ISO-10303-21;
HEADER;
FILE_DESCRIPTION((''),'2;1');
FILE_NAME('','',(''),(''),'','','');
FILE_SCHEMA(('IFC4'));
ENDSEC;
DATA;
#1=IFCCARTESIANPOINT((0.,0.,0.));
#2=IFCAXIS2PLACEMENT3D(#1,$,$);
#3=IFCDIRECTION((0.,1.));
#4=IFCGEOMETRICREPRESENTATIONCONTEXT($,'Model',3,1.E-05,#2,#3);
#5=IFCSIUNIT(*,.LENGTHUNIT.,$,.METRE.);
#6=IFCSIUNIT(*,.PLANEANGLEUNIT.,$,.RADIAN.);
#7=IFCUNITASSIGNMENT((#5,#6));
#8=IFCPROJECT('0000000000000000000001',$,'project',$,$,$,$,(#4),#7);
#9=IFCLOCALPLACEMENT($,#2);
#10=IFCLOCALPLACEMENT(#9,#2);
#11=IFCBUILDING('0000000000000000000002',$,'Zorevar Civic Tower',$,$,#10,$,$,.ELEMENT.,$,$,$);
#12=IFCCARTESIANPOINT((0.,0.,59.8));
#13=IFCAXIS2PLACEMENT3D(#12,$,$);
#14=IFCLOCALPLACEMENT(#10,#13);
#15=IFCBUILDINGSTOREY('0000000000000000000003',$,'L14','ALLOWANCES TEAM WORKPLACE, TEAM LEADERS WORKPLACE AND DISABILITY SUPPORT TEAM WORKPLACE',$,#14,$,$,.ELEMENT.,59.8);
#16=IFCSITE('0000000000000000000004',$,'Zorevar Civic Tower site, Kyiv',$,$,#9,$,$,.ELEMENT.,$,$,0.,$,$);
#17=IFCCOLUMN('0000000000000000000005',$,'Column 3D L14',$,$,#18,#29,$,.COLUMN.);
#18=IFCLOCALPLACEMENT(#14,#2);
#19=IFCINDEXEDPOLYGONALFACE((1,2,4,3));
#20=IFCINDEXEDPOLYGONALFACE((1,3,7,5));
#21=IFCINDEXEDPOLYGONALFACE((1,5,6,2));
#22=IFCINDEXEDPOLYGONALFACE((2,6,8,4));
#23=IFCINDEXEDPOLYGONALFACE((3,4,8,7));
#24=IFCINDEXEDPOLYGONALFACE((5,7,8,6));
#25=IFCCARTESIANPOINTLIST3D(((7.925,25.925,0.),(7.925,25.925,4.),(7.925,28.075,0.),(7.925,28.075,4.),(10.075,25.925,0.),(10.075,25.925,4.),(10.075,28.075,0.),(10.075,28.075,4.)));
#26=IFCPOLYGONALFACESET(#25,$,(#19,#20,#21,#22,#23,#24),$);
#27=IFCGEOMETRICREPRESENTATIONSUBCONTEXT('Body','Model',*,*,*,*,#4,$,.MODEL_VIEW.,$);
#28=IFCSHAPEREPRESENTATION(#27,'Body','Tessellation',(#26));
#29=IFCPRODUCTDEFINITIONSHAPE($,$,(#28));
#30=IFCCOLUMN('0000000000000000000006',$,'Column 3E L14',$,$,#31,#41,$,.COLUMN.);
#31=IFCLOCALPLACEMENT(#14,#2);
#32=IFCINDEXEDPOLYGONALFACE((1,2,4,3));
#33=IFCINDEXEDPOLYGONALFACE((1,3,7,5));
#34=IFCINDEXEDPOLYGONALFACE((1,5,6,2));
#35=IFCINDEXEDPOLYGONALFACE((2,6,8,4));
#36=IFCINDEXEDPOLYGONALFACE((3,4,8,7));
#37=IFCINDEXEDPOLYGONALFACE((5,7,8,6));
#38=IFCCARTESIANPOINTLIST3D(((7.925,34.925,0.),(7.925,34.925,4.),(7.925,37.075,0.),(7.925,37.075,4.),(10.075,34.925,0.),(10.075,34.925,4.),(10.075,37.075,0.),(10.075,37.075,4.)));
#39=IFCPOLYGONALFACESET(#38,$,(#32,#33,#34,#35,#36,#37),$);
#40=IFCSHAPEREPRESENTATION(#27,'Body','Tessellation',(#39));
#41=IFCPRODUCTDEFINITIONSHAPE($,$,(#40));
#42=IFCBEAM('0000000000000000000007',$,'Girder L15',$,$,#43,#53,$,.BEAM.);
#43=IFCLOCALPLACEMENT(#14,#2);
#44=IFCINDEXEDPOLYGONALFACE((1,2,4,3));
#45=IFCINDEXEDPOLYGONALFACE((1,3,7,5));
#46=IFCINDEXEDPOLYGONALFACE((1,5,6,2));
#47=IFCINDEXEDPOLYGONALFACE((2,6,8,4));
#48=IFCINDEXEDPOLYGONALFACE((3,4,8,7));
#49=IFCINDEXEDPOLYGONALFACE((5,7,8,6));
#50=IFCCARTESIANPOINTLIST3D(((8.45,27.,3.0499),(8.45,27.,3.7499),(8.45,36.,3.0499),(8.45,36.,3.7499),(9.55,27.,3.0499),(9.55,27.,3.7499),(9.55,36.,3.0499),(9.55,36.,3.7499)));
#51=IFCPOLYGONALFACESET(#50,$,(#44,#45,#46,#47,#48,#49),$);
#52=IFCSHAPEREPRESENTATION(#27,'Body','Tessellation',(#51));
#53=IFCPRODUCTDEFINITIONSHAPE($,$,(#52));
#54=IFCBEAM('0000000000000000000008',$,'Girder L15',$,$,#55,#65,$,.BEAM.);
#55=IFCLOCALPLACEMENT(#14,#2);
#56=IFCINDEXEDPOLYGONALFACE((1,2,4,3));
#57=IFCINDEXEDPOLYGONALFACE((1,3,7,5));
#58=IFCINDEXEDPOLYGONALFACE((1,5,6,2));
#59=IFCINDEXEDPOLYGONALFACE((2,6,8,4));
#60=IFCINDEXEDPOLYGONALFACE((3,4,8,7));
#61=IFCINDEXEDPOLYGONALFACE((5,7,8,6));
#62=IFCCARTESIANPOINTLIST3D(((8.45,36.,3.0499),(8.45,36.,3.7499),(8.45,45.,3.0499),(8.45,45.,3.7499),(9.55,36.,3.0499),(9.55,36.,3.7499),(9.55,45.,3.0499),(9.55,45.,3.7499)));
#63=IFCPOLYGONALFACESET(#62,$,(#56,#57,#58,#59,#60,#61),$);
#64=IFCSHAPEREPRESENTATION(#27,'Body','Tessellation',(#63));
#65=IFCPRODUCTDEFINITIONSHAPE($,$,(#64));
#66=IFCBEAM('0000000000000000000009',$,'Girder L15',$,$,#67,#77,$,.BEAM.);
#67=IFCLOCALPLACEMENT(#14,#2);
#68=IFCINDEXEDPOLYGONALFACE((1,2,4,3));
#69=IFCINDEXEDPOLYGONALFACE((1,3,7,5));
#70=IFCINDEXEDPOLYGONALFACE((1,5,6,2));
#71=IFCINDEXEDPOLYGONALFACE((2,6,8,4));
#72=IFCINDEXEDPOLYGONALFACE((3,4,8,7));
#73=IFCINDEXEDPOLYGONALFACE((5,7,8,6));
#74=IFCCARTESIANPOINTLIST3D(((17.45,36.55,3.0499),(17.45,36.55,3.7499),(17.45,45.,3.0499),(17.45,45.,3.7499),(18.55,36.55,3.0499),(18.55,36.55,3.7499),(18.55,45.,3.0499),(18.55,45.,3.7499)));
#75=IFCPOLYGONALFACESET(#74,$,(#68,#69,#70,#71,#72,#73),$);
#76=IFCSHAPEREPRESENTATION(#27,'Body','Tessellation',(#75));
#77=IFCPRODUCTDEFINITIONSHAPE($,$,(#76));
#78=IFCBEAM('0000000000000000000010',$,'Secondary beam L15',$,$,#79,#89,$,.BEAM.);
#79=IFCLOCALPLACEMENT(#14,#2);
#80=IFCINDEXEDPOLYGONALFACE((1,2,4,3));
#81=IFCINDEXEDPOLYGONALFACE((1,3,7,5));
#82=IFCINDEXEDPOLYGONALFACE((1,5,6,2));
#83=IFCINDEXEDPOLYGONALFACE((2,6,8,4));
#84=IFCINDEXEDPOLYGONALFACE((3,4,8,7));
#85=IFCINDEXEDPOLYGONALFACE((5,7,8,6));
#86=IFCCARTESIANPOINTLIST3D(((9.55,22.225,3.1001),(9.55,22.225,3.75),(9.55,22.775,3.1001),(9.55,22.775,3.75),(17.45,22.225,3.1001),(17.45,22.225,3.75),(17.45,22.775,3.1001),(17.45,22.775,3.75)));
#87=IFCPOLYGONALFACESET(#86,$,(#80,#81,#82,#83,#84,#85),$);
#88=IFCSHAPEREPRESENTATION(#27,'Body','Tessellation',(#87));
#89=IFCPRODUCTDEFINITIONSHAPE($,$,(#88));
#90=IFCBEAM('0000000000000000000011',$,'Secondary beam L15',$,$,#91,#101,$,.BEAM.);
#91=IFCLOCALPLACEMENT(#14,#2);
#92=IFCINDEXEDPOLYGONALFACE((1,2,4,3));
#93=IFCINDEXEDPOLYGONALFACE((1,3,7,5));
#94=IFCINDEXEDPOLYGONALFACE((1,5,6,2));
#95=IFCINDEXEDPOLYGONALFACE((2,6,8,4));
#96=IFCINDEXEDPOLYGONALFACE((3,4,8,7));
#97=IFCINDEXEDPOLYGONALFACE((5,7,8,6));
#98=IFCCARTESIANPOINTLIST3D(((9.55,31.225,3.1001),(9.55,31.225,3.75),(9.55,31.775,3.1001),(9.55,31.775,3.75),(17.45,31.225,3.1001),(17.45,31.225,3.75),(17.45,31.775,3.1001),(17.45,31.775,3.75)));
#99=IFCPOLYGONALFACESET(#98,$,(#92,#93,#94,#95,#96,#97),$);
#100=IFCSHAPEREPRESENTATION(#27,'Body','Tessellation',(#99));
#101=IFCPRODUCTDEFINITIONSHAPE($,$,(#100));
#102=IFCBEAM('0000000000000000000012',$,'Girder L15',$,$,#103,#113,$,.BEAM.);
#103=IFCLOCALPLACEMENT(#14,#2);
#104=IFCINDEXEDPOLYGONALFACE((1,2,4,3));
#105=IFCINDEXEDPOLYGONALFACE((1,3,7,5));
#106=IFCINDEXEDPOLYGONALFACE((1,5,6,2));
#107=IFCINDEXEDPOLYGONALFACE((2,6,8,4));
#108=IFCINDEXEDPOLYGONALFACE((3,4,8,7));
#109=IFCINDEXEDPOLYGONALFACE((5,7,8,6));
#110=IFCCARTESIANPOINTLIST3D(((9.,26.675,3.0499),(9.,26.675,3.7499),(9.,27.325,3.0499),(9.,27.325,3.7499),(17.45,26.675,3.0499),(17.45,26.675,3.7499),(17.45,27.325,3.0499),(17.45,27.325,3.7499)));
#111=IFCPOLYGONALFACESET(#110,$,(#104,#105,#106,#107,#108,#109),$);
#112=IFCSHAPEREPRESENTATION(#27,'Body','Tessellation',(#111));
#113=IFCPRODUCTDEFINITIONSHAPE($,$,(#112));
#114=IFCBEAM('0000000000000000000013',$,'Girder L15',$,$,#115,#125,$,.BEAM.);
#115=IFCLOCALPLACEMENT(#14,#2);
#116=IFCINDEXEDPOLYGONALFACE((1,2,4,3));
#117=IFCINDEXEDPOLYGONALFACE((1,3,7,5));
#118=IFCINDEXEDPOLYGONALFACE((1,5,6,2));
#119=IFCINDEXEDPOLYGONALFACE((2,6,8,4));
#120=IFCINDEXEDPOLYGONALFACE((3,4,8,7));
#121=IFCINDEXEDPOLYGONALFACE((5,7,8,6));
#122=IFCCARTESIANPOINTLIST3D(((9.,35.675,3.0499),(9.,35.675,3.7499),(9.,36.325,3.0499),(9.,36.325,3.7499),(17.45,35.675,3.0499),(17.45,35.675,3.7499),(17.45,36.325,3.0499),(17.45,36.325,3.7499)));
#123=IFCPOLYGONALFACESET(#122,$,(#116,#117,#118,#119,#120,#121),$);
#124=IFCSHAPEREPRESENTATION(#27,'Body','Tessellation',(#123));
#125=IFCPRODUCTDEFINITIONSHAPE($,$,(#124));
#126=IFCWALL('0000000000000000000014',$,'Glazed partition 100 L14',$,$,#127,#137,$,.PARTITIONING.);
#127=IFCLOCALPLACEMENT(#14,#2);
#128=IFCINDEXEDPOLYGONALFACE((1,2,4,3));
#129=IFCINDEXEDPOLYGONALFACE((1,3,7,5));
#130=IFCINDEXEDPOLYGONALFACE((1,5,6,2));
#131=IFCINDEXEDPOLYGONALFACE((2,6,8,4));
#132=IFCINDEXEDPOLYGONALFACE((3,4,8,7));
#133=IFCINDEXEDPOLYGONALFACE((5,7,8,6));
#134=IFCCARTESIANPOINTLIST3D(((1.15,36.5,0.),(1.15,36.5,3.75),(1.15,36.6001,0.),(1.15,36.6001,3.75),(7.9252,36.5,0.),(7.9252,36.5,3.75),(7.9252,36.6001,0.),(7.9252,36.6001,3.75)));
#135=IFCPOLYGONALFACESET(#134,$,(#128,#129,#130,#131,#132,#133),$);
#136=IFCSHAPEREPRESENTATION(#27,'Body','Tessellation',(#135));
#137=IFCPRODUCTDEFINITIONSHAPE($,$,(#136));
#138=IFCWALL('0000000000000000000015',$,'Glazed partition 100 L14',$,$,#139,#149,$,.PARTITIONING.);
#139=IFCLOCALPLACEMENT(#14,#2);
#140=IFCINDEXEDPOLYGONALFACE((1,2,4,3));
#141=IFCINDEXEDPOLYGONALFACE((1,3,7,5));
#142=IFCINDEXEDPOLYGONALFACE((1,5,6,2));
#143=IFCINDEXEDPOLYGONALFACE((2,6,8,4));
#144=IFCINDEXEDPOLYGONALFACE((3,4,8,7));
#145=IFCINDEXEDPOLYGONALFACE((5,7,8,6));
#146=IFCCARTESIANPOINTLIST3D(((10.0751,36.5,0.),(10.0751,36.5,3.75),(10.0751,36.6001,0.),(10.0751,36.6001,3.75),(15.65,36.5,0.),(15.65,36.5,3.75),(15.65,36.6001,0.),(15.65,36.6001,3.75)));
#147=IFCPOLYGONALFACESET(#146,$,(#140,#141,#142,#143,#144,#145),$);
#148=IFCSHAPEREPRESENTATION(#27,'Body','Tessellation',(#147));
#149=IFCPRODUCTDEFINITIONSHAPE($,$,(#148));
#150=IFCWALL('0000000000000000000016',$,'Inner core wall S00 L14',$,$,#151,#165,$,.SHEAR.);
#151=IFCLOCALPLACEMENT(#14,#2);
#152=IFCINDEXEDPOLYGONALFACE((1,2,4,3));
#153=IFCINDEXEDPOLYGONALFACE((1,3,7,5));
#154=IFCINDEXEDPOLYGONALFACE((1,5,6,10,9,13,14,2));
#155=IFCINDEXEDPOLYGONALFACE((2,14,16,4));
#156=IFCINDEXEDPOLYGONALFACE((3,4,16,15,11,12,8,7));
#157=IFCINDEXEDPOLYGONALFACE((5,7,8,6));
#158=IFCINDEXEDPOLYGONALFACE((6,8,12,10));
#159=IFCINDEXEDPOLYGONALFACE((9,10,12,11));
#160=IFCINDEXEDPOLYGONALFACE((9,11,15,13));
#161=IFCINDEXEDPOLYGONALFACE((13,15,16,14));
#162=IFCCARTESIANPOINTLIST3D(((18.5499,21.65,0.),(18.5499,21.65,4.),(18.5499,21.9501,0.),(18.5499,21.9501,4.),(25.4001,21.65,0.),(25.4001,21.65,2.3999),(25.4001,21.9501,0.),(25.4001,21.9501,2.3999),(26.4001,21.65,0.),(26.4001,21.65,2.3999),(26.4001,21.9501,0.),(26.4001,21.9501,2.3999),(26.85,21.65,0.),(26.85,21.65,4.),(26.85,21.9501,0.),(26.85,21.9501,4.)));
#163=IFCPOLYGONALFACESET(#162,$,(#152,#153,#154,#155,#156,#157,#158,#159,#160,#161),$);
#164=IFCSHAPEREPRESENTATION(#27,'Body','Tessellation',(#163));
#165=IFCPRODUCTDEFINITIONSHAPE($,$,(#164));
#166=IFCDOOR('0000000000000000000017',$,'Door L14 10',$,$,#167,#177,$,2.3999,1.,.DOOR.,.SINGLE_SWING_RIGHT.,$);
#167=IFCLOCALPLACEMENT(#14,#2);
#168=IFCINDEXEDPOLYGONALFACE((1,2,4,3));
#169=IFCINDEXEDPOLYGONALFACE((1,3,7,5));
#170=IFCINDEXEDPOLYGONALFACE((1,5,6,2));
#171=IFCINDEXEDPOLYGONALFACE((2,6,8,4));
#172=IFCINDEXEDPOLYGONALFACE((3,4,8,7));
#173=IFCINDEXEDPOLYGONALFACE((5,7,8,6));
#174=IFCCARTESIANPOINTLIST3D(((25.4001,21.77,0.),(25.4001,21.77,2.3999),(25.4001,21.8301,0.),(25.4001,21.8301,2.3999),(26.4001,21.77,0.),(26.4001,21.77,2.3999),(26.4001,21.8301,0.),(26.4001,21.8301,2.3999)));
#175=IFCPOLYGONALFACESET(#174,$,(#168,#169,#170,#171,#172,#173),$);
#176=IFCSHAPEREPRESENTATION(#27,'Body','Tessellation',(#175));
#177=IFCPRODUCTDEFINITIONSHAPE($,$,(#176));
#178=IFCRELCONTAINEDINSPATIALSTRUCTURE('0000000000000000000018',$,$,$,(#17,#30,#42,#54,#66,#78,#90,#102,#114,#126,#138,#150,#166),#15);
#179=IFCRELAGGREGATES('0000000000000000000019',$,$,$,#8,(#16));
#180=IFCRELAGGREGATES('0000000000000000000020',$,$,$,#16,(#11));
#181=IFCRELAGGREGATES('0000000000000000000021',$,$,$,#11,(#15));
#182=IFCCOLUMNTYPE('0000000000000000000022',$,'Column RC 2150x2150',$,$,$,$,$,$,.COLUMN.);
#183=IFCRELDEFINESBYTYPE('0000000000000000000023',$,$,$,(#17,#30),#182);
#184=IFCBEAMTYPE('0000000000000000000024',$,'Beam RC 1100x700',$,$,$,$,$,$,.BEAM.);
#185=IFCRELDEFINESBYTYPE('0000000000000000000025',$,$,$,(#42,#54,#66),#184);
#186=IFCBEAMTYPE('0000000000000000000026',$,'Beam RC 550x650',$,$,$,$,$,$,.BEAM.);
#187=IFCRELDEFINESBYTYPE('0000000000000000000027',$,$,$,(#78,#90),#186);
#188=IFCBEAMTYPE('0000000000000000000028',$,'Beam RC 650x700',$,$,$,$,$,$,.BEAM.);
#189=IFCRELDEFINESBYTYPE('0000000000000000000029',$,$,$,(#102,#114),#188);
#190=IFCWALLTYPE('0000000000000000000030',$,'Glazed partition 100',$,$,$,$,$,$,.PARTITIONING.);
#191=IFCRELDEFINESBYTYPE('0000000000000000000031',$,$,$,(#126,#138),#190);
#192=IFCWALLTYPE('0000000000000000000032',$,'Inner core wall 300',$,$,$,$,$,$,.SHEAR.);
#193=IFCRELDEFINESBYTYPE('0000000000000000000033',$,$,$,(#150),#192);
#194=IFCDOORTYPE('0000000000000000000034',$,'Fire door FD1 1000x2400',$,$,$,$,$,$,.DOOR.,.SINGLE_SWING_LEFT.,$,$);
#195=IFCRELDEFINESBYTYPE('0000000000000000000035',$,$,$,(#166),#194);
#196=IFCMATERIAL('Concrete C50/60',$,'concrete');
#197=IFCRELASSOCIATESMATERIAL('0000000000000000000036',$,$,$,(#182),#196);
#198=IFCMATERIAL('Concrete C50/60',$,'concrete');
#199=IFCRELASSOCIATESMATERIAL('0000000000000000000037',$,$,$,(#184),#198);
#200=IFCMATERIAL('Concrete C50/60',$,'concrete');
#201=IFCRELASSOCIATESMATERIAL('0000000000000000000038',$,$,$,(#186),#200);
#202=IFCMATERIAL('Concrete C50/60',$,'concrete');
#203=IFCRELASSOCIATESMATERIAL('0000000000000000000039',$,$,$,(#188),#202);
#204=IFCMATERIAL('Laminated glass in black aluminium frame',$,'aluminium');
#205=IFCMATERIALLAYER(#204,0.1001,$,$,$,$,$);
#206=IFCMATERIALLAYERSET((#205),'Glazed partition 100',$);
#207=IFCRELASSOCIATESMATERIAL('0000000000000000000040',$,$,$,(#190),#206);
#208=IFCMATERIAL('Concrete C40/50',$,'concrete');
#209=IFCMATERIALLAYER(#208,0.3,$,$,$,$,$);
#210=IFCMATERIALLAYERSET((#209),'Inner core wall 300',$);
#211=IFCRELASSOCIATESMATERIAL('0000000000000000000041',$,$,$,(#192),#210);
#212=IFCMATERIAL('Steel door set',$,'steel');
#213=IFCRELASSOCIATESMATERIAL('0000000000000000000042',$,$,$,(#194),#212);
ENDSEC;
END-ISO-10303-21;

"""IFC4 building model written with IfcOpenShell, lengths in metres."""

from ifc_helpers import new_model, si_unit, direction, frame, frame_2d, origin, origin_2d, place, context, subcontext, project, spatial, rectangle, extrude, material, layer, layer_set, material_profile, profile_set, type_object, element, fill, save


model = new_model("IFC4")

# Units and contexts
model_context = context("Model", 3, precision=1e-05, world=origin(), true_north=direction((0.0, 1.0)))
body_context = subcontext(model_context, "Body", "Model", "MODEL_VIEW")
ifc_project = project(units=[si_unit("LENGTHUNIT", "METRE"), si_unit("PLANEANGLEUNIT", "RADIAN")], contexts=[model_context])

# Site, building, storey
site_placement = place(None, origin())
site = spatial("IfcSite", under=ifc_project, at=site_placement, Name="Zorevar Civic Tower site, Kyiv", CompositionType="ELEMENT", RefElevation=0.0)
building_placement = place(site_placement, origin())
building = spatial("IfcBuilding", under=site, at=building_placement, Name="Zorevar Civic Tower", CompositionType="ELEMENT")
storey_placement = place(building_placement, frame((0.0, 0.0, 59.8)))
storey = spatial("IfcBuildingStorey", under=building, at=storey_placement, Name="L14", Description="ALLOWANCES TEAM WORKPLACE, TEAM LEADERS WORKPLACE AND DISABILITY SUPPORT TEAM WORKPLACE", CompositionType="ELEMENT", Elevation=59.8)

# Columns
ifc_material_1 = material(Name="Concrete C50/60", Category="concrete")
ifc_material_profile_1 = material_profile(ifc_material_1, rectangle(XDim=2.1499, YDim=2.1499, at=origin_2d()), Name="RC 2150x2150")
ifc_profile_set_1 = profile_set([ifc_material_profile_1], Name="Concrete C50/60")
column_type = type_object("IfcColumnType", Name="Column RC 2150x2150", PredefinedType="COLUMN", material=ifc_profile_set_1)
for number, where, z_axis, x_axis, name in (
    (1, (9.0, 27.0, 0.0), (0.0, 0.0, 1.0), (1.0, 0.0, 0.0), "Column 3D L14"),
    (2, (9.0, 36.0, 0.0), (0.0, 0.0, 1.0), (1.0, 0.0, 0.0), "Column 3E L14"),
):
    element("IfcColumn", number, at=place(storey_placement, frame(where, z_axis=z_axis, x_axis=x_axis)), inside=storey, type_object=column_type, Name=name, PredefinedType="COLUMN", context=body_context, shape_type="SweptSolid", body=[
        extrude(rectangle(XDim=2.1499, YDim=2.1499, at=origin_2d()), origin(), (0.0, 0.0, 1.0), 4.0),
    ])

# Beams
ifc_material_2 = material(Name="Concrete C50/60", Category="concrete")
ifc_material_profile_2 = material_profile(ifc_material_2, rectangle(XDim=1.1001, YDim=0.7, at=origin_2d()), Name="RC 1100x700")
ifc_profile_set_2 = profile_set([ifc_material_profile_2], Name="Concrete C50/60")
beam_type_1 = type_object("IfcBeamType", Name="Beam RC 1100x700", PredefinedType="BEAM", material=ifc_profile_set_2)
for number, where, z_axis, x_axis, name in (
    (3, (9.0, 27.0, 3.3999), (0.0, 1.0, 0.0), (-1.0, 0.0, 0.0), "Girder L15"),
    (4, (9.0, 36.0, 3.3999), (0.0, 1.0, 0.0), (-1.0, 0.0, 0.0), "Girder L15"),
):
    element("IfcBeam", number, at=place(storey_placement, frame(where, z_axis=z_axis, x_axis=x_axis)), inside=storey, type_object=beam_type_1, Name=name, PredefinedType="BEAM", context=body_context, shape_type="SweptSolid", body=[
        extrude(rectangle(XDim=1.1001, YDim=0.7, at=origin_2d()), origin(), (0.0, 0.0, 1.0), 9.0),
    ])
beam_placement = place(storey_placement, frame((18.0, 36.55, 3.3999), z_axis=(0.0, 1.0, 0.0), x_axis=(-1.0, 0.0, 0.0)))
element("IfcBeam", 5, at=beam_placement, inside=storey, type_object=beam_type_1, Name="Girder L15", PredefinedType="BEAM", context=body_context, shape_type="SweptSolid", body=[
    extrude(rectangle(XDim=1.1001, YDim=0.7, at=origin_2d()), origin(), (0.0, 0.0, 1.0), 8.45),
])
ifc_material_3 = material(Name="Concrete C50/60", Category="concrete")
ifc_material_profile_3 = material_profile(ifc_material_3, rectangle(XDim=0.55, YDim=0.6499, at=origin_2d()), Name="RC 550x650")
ifc_profile_set_3 = profile_set([ifc_material_profile_3], Name="Concrete C50/60")
beam_type_2 = type_object("IfcBeamType", Name="Beam RC 550x650", PredefinedType="BEAM", material=ifc_profile_set_3)
for number, where, z_axis, x_axis, name in (
    (6, (9.55, 22.5, 3.425), (1.0, 0.0, 0.0), (0.0, 1.0, 0.0), "Secondary beam L15"),
    (7, (9.55, 31.5, 3.425), (1.0, 0.0, 0.0), (0.0, 1.0, 0.0), "Secondary beam L15"),
):
    element("IfcBeam", number, at=place(storey_placement, frame(where, z_axis=z_axis, x_axis=x_axis)), inside=storey, type_object=beam_type_2, Name=name, PredefinedType="BEAM", context=body_context, shape_type="SweptSolid", body=[
        extrude(rectangle(XDim=0.55, YDim=0.6499, at=origin_2d()), origin(), (0.0, 0.0, 1.0), 7.8999),
    ])
ifc_material_4 = material(Name="Concrete C50/60", Category="concrete")
ifc_material_profile_4 = material_profile(ifc_material_4, rectangle(XDim=0.6499, YDim=0.7, at=origin_2d()), Name="RC 650x700")
ifc_profile_set_4 = profile_set([ifc_material_profile_4], Name="Concrete C50/60")
beam_type_3 = type_object("IfcBeamType", Name="Beam RC 650x700", PredefinedType="BEAM", material=ifc_profile_set_4)
for number, where, z_axis, x_axis, name in (
    (8, (9.0, 27.0, 3.3999), (1.0, 0.0, 0.0), (0.0, 1.0, 0.0), "Girder L15"),
    (9, (9.0, 36.0, 3.3999), (1.0, 0.0, 0.0), (0.0, 1.0, 0.0), "Girder L15"),
):
    element("IfcBeam", number, at=place(storey_placement, frame(where, z_axis=z_axis, x_axis=x_axis)), inside=storey, type_object=beam_type_3, Name=name, PredefinedType="BEAM", context=body_context, shape_type="SweptSolid", body=[
        extrude(rectangle(XDim=0.6499, YDim=0.7, at=origin_2d()), origin(), (0.0, 0.0, 1.0), 8.45),
    ])

# Walls
ifc_material_5 = material(Name="Laminated glass in black aluminium frame", Category="aluminium")
ifc_layer_1 = layer(ifc_material_5, 0.1001)
ifc_layer_set_1 = layer_set([ifc_layer_1], Name="Glazed partition 100")
wall_type_1 = type_object("IfcWallType", Name="Glazed partition 100", PredefinedType="PARTITIONING", material=ifc_layer_set_1)
wall_1_placement = place(storey_placement, frame((1.1499, 36.55, 0.0), z_axis=(0.0, 0.0, 1.0), x_axis=(1.0, 0.0, 0.0)))
element("IfcWall", 10, at=wall_1_placement, inside=storey, type_object=wall_type_1, Name="Glazed partition 100 L14", PredefinedType="PARTITIONING", context=body_context, shape_type="SweptSolid", body=[
    extrude(rectangle(XDim=6.7751, YDim=0.1001, at=frame_2d((3.3877, 0.0))), origin(), (0.0, 0.0, 1.0), 3.75),
])
wall_2_placement = place(storey_placement, frame((10.075, 36.55, 0.0), z_axis=(0.0, 0.0, 1.0), x_axis=(1.0, 0.0, 0.0)))
element("IfcWall", 11, at=wall_2_placement, inside=storey, type_object=wall_type_1, Name="Glazed partition 100 L14", PredefinedType="PARTITIONING", context=body_context, shape_type="SweptSolid", body=[
    extrude(rectangle(XDim=5.575, YDim=0.1001, at=frame_2d((2.7876, 0.0))), origin(), (0.0, 0.0, 1.0), 3.75),
])

# Wall, opening, door
ifc_material_6 = material(Name="Concrete C40/50", Category="concrete")
ifc_layer_2 = layer(ifc_material_6, 0.3)
ifc_layer_set_2 = layer_set([ifc_layer_2], Name="Inner core wall 300")
wall_type_2 = type_object("IfcWallType", Name="Inner core wall 300", PredefinedType="SHEAR", material=ifc_layer_set_2)
wall_3_placement = place(storey_placement, frame((18.55, 21.8, 0.0), z_axis=(0.0, 0.0, 1.0), x_axis=(1.0, 0.0, 0.0)))
wall_3 = element("IfcWall", 12, at=wall_3_placement, inside=storey, type_object=wall_type_2, Name="Inner core wall S00 L14", PredefinedType="SHEAR", context=body_context, shape_type="SweptSolid", body=[
    extrude(rectangle(XDim=8.3, YDim=0.3, at=frame_2d((4.1499, 0.0))), origin(), (0.0, 0.0, 1.0), 4.0),
])
opening_1_placement = place(wall_3_placement, frame((6.8501, 0.0, 0.0)))
opening_1 = element("IfcOpeningElement", 13, at=opening_1_placement, cuts=wall_3, PredefinedType="OPENING", context=body_context, shape_type="SweptSolid", body=[
    extrude(rectangle(XDim=1.0, YDim=2.3999, at=frame_2d((0.5, 1.2))), frame((0.0, 0.1599, 0.0), z_axis=(0.0, -1.0, 0.0), x_axis=(1.0, 0.0, 0.0)), (0.0, 0.0, 1.0), 0.3201),
])
ifc_material_7 = material(Name="Steel door set", Category="steel")
door_type_1 = type_object("IfcDoorType", Name="Fire door FD1 1000x2400", OperationType="SINGLE_SWING_LEFT", PredefinedType="DOOR", material=ifc_material_7)
door_1_placement = place(opening_1_placement, origin())
door_1 = element("IfcDoor", 14, at=door_1_placement, inside=storey, type_object=door_type_1, Name="Door L14 10", OperationType="SINGLE_SWING_RIGHT", OverallHeight=2.3999, OverallWidth=1.0, PredefinedType="DOOR", context=body_context, shape_type="SweptSolid", body=[
    extrude(rectangle(XDim=1.0, YDim=2.3999, at=frame_2d((0.5, 1.2))), frame((0.0, 0.03, 0.0), z_axis=(0.0, -1.0, 0.0), x_axis=(1.0, 0.0, 0.0)), (0.0, 0.0, 1.0), 0.0601),
])
fill(opening_1, door_1)

save(model, "model.ifc")
